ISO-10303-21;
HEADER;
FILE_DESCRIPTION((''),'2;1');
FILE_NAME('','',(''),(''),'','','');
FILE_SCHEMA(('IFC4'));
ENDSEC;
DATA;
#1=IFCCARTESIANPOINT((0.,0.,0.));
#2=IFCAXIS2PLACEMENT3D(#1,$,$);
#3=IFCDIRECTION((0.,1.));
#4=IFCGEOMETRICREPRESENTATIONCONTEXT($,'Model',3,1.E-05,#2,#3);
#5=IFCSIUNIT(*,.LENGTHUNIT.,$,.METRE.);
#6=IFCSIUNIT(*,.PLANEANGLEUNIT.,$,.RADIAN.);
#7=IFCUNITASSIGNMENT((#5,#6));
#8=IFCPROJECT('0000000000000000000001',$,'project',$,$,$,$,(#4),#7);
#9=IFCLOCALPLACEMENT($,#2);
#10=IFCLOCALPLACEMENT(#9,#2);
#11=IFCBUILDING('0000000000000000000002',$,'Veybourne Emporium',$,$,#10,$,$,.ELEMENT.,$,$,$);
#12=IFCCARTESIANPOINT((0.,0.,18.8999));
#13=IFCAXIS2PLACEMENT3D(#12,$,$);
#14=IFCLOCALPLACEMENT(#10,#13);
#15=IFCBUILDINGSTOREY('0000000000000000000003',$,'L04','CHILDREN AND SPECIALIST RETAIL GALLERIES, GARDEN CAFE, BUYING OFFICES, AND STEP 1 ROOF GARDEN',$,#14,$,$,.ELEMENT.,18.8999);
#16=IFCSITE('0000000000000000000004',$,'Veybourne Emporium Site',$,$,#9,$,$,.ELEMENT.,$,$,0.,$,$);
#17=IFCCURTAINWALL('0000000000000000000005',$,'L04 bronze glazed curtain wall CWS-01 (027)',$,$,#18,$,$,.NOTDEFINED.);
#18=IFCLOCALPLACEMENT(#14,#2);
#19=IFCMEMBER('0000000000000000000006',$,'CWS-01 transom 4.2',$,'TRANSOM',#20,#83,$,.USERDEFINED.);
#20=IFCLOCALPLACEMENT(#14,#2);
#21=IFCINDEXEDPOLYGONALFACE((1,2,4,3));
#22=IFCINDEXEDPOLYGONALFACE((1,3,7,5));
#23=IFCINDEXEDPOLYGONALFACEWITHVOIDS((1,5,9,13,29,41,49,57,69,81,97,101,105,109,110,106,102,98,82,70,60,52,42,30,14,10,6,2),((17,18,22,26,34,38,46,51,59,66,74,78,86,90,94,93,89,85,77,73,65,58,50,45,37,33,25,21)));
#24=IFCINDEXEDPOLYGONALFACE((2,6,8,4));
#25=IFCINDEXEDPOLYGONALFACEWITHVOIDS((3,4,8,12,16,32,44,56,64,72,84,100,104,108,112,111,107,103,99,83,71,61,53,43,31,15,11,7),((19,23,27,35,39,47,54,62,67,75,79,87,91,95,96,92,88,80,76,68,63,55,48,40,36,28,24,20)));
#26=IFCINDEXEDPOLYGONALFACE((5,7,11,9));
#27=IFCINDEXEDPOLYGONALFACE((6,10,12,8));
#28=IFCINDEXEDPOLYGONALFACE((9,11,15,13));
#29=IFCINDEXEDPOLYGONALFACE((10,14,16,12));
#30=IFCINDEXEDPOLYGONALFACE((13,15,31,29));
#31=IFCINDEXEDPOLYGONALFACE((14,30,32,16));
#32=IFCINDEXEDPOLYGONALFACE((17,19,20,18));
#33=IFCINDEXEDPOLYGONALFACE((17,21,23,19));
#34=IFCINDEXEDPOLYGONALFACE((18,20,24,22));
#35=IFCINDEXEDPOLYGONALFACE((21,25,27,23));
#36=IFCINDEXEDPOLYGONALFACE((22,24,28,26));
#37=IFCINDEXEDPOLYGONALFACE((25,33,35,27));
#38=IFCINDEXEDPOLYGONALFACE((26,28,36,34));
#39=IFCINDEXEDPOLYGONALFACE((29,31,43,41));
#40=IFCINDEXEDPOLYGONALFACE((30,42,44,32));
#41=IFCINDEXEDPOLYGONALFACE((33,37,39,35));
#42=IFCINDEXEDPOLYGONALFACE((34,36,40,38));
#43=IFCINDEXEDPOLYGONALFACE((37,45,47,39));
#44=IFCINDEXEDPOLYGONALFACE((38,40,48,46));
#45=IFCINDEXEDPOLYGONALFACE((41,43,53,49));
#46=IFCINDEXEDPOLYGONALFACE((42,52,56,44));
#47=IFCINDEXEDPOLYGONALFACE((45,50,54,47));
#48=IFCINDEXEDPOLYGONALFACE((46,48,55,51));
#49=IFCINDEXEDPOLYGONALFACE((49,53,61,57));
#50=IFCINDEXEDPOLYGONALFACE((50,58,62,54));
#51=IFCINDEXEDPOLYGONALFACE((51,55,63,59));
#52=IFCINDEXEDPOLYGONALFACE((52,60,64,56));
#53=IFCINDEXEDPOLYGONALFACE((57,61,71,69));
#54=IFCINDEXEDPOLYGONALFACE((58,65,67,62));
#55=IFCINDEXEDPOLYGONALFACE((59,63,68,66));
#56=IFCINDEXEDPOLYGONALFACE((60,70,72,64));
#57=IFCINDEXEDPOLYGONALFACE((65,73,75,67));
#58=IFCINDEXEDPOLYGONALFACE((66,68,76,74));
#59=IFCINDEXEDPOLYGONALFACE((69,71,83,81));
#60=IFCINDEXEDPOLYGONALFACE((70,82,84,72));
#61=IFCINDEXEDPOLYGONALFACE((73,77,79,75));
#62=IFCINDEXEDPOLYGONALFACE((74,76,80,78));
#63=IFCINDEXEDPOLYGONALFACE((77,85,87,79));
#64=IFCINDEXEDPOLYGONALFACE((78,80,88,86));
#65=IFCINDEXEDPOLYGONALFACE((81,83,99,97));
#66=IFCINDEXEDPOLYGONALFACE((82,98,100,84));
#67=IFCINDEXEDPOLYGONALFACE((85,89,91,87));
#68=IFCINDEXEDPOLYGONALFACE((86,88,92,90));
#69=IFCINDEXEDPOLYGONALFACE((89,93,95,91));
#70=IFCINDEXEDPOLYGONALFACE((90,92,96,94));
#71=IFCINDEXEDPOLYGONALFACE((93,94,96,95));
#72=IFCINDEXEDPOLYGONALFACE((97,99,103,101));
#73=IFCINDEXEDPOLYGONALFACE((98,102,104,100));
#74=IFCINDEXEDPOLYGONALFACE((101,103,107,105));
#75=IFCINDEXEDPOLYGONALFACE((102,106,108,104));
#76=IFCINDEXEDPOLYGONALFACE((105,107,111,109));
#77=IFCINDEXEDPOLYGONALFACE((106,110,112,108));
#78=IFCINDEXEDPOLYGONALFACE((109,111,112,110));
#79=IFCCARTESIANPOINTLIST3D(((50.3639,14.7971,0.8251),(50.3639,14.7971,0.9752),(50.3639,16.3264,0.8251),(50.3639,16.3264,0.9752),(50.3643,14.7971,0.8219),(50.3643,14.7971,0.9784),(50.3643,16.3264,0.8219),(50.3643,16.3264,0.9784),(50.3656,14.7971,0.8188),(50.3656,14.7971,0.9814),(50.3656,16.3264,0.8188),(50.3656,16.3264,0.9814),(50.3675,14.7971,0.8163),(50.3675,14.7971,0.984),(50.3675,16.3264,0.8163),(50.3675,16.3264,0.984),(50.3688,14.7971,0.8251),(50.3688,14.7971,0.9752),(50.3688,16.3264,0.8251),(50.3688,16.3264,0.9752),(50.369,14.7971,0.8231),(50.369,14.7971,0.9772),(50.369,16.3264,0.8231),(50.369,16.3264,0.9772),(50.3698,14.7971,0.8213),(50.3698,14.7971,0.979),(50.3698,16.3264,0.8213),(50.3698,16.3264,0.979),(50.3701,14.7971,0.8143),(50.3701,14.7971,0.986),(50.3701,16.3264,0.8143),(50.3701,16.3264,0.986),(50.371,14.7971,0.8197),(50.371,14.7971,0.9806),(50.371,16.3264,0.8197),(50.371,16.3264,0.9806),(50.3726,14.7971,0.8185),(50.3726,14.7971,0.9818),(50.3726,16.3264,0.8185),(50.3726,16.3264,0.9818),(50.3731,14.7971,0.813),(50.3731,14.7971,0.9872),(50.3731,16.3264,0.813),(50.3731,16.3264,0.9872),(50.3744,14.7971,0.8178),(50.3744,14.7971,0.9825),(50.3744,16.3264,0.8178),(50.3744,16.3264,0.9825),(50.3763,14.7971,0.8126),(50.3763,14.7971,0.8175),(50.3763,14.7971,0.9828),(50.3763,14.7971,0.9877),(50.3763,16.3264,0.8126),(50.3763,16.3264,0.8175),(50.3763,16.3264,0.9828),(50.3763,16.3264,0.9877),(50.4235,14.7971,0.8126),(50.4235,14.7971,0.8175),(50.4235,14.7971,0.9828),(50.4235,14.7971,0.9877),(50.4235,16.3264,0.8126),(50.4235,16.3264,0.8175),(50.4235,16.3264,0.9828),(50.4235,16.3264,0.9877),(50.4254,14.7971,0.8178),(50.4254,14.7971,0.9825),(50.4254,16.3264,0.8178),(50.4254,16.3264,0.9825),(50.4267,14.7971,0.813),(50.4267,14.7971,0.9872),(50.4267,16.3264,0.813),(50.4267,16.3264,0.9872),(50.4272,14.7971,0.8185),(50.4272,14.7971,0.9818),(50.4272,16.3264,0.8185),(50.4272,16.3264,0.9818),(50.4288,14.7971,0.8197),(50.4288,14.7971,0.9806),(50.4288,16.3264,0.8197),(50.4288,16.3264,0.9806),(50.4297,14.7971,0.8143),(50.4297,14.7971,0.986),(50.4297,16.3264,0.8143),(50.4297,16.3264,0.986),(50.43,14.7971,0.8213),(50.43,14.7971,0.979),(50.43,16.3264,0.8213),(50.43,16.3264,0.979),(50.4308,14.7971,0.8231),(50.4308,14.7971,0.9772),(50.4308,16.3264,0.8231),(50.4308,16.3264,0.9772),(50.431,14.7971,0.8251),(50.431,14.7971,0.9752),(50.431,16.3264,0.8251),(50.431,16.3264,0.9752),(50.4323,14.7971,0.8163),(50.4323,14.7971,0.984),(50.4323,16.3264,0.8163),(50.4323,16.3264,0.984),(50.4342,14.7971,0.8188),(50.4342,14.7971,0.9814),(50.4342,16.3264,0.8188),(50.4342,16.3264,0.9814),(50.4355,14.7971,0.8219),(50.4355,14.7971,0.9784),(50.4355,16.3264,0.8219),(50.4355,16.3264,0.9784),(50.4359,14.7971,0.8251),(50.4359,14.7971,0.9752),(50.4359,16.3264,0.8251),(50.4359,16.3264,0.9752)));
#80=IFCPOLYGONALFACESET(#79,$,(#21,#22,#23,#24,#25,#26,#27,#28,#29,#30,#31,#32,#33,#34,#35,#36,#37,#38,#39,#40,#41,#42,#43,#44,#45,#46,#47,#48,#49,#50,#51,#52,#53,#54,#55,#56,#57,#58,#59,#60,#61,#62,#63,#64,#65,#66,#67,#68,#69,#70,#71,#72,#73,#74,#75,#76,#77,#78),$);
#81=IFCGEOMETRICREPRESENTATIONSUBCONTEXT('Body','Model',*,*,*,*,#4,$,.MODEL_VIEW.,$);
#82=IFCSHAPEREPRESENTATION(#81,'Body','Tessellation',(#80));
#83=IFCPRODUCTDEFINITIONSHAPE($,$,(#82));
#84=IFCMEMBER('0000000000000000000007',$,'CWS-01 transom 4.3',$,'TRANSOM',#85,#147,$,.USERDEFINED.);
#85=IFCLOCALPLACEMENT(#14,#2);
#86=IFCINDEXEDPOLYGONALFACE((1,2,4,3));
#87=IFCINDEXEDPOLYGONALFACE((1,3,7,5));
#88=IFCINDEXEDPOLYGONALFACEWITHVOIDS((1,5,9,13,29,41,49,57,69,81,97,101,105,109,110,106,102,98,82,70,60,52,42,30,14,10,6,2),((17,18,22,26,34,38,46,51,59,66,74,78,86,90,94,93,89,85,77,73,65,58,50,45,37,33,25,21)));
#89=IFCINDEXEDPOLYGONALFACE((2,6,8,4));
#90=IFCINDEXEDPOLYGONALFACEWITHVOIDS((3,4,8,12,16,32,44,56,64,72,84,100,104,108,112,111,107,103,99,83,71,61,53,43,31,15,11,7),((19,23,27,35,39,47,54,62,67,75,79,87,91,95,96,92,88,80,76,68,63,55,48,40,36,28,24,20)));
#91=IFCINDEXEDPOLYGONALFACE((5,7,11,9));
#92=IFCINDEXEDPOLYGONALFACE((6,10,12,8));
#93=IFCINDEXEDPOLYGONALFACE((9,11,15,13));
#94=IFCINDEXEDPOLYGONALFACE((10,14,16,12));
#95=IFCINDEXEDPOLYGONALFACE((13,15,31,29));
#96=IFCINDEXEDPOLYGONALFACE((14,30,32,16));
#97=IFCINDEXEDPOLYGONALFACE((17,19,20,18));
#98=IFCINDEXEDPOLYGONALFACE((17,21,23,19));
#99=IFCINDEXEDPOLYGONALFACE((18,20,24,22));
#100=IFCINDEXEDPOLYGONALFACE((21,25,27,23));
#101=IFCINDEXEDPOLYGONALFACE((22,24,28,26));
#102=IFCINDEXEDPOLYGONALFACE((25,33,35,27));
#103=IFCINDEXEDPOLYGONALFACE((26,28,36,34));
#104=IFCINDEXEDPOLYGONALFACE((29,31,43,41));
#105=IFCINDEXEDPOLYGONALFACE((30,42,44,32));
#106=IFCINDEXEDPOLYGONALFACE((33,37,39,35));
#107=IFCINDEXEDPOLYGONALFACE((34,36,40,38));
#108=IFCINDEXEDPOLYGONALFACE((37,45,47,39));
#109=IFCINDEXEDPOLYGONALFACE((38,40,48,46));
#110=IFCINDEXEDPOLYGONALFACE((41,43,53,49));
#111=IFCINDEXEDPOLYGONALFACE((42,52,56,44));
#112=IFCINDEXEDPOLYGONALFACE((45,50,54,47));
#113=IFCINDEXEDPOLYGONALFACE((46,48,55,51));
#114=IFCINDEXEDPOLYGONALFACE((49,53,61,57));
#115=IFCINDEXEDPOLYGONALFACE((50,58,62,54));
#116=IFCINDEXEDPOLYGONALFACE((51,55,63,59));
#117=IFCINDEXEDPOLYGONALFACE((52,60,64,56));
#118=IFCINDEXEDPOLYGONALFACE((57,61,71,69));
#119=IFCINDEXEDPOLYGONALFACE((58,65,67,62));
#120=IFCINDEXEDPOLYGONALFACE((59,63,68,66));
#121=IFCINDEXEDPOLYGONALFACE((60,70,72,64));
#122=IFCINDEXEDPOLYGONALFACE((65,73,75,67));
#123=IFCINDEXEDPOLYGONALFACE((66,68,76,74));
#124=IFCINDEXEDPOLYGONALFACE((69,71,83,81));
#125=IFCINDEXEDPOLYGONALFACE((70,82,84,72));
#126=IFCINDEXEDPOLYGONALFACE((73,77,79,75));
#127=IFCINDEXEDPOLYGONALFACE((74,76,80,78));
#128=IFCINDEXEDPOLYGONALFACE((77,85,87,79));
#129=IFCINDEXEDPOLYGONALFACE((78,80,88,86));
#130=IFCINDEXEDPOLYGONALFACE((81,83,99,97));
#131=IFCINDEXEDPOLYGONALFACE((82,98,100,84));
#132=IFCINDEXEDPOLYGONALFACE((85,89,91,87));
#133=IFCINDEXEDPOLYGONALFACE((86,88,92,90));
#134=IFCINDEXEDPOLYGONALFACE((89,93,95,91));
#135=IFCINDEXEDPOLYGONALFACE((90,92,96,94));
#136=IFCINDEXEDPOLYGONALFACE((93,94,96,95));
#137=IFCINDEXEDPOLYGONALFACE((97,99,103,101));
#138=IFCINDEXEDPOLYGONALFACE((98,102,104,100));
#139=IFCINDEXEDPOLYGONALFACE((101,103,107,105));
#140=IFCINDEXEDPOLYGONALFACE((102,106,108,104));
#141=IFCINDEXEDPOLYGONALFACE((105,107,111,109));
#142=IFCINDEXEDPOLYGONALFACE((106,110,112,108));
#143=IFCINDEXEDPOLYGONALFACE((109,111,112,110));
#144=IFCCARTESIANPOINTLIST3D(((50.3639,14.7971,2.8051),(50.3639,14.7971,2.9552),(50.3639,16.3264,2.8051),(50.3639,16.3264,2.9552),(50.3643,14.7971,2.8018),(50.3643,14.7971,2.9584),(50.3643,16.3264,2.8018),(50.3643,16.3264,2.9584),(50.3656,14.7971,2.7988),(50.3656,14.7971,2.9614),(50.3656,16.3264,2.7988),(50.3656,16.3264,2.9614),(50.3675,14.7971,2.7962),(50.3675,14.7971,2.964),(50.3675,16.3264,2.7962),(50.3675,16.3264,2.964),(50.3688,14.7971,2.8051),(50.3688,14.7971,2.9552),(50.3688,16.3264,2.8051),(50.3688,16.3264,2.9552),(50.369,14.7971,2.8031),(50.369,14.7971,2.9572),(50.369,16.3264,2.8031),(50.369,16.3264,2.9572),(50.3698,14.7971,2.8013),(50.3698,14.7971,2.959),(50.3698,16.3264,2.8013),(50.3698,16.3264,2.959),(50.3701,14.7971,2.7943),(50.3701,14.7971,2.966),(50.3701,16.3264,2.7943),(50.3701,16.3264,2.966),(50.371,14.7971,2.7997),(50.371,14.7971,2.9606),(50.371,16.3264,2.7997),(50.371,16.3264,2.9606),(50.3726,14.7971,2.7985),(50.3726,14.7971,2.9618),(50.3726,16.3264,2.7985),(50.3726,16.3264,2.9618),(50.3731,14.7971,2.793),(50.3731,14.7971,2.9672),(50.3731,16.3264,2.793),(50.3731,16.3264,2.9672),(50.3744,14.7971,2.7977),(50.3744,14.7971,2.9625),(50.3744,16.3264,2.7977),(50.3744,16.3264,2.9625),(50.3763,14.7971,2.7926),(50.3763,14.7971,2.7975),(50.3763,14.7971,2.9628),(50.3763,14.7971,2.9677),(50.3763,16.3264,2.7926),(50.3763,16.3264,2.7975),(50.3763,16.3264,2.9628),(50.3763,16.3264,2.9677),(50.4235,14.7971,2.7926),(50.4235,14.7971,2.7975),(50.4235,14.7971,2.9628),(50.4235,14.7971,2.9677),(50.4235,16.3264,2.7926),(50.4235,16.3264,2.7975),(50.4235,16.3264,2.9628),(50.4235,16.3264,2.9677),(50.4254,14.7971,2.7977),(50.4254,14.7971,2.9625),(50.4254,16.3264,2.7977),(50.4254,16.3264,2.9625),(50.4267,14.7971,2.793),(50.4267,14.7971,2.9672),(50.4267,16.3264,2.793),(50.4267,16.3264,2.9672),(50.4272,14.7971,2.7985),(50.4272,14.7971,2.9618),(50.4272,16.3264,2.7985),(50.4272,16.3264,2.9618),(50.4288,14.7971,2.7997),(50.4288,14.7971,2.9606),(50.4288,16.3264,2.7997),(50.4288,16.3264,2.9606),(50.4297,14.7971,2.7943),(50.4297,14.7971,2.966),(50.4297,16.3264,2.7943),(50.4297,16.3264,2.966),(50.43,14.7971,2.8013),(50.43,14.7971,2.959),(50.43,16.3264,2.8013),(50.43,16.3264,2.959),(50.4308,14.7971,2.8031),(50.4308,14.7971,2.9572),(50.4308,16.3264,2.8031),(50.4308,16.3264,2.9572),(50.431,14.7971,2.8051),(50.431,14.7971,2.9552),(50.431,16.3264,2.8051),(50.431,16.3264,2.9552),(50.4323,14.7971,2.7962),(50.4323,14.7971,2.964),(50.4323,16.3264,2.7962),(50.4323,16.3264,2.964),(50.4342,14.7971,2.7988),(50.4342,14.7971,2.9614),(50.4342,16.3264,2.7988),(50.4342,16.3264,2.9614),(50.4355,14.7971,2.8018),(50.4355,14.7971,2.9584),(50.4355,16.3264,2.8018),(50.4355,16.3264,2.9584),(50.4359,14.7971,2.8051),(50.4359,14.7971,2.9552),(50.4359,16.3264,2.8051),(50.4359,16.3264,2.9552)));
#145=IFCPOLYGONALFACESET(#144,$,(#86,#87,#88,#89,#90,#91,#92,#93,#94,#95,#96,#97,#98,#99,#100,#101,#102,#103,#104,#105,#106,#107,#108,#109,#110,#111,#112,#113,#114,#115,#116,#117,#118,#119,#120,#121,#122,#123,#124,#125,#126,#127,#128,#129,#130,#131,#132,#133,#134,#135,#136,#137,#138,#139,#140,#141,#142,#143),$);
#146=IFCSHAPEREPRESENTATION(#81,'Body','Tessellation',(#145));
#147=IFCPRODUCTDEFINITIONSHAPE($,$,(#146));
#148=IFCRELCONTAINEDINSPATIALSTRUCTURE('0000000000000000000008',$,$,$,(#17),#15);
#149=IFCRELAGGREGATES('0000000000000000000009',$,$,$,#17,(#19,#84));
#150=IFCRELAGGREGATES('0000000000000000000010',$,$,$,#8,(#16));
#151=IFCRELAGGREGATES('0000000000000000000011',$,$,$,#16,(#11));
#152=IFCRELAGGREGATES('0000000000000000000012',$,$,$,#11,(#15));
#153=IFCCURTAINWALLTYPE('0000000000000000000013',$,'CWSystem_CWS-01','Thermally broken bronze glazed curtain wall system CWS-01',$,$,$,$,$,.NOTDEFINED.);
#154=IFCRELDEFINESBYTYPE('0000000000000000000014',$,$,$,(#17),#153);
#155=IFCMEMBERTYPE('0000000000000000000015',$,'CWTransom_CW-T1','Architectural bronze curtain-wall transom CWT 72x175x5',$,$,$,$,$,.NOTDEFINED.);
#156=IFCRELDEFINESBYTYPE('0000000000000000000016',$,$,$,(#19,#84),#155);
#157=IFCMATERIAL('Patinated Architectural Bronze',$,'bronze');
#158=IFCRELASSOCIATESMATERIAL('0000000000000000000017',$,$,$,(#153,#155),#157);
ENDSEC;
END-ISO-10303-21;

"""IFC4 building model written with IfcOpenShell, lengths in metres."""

from ifc_helpers import new_model, si_unit, direction, frame, origin, origin_2d, place, context, subcontext, project, spatial, hollow_rectangle, extrude, material, material_profile, profile_set, type_object, element, aggregate, save


model = new_model("IFC4")

# Units and contexts
model_context = context("Model", 3, precision=1e-05, world=origin(), true_north=direction((0.0, 1.0)))
body_context = subcontext(model_context, "Body", "Model", "MODEL_VIEW")
ifc_project = project(units=[si_unit("LENGTHUNIT", "METRE"), si_unit("PLANEANGLEUNIT", "RADIAN")], contexts=[model_context])

# Site, building, storey
site_placement = place(None, origin())
site = spatial("IfcSite", under=ifc_project, at=site_placement, Name="Veybourne Emporium Site", CompositionType="ELEMENT", RefElevation=0.0)
building_placement = place(site_placement, origin())
building = spatial("IfcBuilding", under=site, at=building_placement, Name="Veybourne Emporium", CompositionType="ELEMENT")
storey_placement = place(building_placement, frame((0.0, 0.0, 18.8999)))
storey = spatial("IfcBuildingStorey", under=building, at=storey_placement, Name="L04", Description="CHILDREN AND SPECIALIST RETAIL GALLERIES, GARDEN CAFE, BUYING OFFICES, AND STEP 1 ROOF GARDEN", CompositionType="ELEMENT", Elevation=18.8999)

# Curtain wall, members
ifc_material_1 = material(Name="Patinated Architectural Bronze", Category="bronze")
curtain_wall_type = type_object("IfcCurtainWallType", Name="CWSystem_CWS-01", Description="Thermally broken bronze glazed curtain wall system CWS-01", PredefinedType="NOTDEFINED", material=ifc_material_1)
curtain_wall_placement = place(storey_placement, origin())
curtain_wall = element("IfcCurtainWall", 1, at=curtain_wall_placement, inside=storey, type_object=curtain_wall_type, Name="L04 bronze glazed curtain wall CWS-01 (027)", PredefinedType="NOTDEFINED")
ifc_material_profile_1 = material_profile(ifc_material_1, hollow_rectangle(XDim=0.072, YDim=0.175, WallThickness=0.0049, InnerFilletRadius=0.0076, OuterFilletRadius=0.0125, at=origin_2d()), Name="CWT 72x175x5")
ifc_profile_set_1 = profile_set([ifc_material_profile_1], Name="Patinated Architectural Bronze")
member_type_1 = type_object("IfcMemberType", Name="CWTransom_CW-T1", Description="Architectural bronze curtain-wall transom CWT 72x175x5", PredefinedType="NOTDEFINED", material=ifc_profile_set_1)
member_1_placement = place(storey_placement, frame((50.3999, 16.3264, 0.9001), z_axis=(0.0, -1.0, 0.0), x_axis=(1.0, 0.0, 0.0)))
member_1 = element("IfcMember", 2, at=member_1_placement, type_object=member_type_1, Name="CWS-01 transom 4.2", ObjectType="TRANSOM", PredefinedType="USERDEFINED", context=body_context, shape_type="SweptSolid", body=[
    extrude(hollow_rectangle(XDim=0.072, YDim=0.175, WallThickness=0.0049, InnerFilletRadius=0.0076, OuterFilletRadius=0.0125, at=origin_2d()), origin(), (0.0, 0.0, 1.0), 1.5293),
])
member_2_placement = place(storey_placement, frame((50.3999, 16.3264, 2.8801), z_axis=(0.0, -1.0, 0.0), x_axis=(1.0, 0.0, 0.0)))
member_2 = element("IfcMember", 3, at=member_2_placement, type_object=member_type_1, Name="CWS-01 transom 4.3", ObjectType="TRANSOM", PredefinedType="USERDEFINED", context=body_context, shape_type="SweptSolid", body=[
    extrude(hollow_rectangle(XDim=0.072, YDim=0.175, WallThickness=0.0049, InnerFilletRadius=0.0076, OuterFilletRadius=0.0125, at=origin_2d()), origin(), (0.0, 0.0, 1.0), 1.5293),
])
aggregate(curtain_wall, [member_1, member_2])

save(model, "model.ifc")
